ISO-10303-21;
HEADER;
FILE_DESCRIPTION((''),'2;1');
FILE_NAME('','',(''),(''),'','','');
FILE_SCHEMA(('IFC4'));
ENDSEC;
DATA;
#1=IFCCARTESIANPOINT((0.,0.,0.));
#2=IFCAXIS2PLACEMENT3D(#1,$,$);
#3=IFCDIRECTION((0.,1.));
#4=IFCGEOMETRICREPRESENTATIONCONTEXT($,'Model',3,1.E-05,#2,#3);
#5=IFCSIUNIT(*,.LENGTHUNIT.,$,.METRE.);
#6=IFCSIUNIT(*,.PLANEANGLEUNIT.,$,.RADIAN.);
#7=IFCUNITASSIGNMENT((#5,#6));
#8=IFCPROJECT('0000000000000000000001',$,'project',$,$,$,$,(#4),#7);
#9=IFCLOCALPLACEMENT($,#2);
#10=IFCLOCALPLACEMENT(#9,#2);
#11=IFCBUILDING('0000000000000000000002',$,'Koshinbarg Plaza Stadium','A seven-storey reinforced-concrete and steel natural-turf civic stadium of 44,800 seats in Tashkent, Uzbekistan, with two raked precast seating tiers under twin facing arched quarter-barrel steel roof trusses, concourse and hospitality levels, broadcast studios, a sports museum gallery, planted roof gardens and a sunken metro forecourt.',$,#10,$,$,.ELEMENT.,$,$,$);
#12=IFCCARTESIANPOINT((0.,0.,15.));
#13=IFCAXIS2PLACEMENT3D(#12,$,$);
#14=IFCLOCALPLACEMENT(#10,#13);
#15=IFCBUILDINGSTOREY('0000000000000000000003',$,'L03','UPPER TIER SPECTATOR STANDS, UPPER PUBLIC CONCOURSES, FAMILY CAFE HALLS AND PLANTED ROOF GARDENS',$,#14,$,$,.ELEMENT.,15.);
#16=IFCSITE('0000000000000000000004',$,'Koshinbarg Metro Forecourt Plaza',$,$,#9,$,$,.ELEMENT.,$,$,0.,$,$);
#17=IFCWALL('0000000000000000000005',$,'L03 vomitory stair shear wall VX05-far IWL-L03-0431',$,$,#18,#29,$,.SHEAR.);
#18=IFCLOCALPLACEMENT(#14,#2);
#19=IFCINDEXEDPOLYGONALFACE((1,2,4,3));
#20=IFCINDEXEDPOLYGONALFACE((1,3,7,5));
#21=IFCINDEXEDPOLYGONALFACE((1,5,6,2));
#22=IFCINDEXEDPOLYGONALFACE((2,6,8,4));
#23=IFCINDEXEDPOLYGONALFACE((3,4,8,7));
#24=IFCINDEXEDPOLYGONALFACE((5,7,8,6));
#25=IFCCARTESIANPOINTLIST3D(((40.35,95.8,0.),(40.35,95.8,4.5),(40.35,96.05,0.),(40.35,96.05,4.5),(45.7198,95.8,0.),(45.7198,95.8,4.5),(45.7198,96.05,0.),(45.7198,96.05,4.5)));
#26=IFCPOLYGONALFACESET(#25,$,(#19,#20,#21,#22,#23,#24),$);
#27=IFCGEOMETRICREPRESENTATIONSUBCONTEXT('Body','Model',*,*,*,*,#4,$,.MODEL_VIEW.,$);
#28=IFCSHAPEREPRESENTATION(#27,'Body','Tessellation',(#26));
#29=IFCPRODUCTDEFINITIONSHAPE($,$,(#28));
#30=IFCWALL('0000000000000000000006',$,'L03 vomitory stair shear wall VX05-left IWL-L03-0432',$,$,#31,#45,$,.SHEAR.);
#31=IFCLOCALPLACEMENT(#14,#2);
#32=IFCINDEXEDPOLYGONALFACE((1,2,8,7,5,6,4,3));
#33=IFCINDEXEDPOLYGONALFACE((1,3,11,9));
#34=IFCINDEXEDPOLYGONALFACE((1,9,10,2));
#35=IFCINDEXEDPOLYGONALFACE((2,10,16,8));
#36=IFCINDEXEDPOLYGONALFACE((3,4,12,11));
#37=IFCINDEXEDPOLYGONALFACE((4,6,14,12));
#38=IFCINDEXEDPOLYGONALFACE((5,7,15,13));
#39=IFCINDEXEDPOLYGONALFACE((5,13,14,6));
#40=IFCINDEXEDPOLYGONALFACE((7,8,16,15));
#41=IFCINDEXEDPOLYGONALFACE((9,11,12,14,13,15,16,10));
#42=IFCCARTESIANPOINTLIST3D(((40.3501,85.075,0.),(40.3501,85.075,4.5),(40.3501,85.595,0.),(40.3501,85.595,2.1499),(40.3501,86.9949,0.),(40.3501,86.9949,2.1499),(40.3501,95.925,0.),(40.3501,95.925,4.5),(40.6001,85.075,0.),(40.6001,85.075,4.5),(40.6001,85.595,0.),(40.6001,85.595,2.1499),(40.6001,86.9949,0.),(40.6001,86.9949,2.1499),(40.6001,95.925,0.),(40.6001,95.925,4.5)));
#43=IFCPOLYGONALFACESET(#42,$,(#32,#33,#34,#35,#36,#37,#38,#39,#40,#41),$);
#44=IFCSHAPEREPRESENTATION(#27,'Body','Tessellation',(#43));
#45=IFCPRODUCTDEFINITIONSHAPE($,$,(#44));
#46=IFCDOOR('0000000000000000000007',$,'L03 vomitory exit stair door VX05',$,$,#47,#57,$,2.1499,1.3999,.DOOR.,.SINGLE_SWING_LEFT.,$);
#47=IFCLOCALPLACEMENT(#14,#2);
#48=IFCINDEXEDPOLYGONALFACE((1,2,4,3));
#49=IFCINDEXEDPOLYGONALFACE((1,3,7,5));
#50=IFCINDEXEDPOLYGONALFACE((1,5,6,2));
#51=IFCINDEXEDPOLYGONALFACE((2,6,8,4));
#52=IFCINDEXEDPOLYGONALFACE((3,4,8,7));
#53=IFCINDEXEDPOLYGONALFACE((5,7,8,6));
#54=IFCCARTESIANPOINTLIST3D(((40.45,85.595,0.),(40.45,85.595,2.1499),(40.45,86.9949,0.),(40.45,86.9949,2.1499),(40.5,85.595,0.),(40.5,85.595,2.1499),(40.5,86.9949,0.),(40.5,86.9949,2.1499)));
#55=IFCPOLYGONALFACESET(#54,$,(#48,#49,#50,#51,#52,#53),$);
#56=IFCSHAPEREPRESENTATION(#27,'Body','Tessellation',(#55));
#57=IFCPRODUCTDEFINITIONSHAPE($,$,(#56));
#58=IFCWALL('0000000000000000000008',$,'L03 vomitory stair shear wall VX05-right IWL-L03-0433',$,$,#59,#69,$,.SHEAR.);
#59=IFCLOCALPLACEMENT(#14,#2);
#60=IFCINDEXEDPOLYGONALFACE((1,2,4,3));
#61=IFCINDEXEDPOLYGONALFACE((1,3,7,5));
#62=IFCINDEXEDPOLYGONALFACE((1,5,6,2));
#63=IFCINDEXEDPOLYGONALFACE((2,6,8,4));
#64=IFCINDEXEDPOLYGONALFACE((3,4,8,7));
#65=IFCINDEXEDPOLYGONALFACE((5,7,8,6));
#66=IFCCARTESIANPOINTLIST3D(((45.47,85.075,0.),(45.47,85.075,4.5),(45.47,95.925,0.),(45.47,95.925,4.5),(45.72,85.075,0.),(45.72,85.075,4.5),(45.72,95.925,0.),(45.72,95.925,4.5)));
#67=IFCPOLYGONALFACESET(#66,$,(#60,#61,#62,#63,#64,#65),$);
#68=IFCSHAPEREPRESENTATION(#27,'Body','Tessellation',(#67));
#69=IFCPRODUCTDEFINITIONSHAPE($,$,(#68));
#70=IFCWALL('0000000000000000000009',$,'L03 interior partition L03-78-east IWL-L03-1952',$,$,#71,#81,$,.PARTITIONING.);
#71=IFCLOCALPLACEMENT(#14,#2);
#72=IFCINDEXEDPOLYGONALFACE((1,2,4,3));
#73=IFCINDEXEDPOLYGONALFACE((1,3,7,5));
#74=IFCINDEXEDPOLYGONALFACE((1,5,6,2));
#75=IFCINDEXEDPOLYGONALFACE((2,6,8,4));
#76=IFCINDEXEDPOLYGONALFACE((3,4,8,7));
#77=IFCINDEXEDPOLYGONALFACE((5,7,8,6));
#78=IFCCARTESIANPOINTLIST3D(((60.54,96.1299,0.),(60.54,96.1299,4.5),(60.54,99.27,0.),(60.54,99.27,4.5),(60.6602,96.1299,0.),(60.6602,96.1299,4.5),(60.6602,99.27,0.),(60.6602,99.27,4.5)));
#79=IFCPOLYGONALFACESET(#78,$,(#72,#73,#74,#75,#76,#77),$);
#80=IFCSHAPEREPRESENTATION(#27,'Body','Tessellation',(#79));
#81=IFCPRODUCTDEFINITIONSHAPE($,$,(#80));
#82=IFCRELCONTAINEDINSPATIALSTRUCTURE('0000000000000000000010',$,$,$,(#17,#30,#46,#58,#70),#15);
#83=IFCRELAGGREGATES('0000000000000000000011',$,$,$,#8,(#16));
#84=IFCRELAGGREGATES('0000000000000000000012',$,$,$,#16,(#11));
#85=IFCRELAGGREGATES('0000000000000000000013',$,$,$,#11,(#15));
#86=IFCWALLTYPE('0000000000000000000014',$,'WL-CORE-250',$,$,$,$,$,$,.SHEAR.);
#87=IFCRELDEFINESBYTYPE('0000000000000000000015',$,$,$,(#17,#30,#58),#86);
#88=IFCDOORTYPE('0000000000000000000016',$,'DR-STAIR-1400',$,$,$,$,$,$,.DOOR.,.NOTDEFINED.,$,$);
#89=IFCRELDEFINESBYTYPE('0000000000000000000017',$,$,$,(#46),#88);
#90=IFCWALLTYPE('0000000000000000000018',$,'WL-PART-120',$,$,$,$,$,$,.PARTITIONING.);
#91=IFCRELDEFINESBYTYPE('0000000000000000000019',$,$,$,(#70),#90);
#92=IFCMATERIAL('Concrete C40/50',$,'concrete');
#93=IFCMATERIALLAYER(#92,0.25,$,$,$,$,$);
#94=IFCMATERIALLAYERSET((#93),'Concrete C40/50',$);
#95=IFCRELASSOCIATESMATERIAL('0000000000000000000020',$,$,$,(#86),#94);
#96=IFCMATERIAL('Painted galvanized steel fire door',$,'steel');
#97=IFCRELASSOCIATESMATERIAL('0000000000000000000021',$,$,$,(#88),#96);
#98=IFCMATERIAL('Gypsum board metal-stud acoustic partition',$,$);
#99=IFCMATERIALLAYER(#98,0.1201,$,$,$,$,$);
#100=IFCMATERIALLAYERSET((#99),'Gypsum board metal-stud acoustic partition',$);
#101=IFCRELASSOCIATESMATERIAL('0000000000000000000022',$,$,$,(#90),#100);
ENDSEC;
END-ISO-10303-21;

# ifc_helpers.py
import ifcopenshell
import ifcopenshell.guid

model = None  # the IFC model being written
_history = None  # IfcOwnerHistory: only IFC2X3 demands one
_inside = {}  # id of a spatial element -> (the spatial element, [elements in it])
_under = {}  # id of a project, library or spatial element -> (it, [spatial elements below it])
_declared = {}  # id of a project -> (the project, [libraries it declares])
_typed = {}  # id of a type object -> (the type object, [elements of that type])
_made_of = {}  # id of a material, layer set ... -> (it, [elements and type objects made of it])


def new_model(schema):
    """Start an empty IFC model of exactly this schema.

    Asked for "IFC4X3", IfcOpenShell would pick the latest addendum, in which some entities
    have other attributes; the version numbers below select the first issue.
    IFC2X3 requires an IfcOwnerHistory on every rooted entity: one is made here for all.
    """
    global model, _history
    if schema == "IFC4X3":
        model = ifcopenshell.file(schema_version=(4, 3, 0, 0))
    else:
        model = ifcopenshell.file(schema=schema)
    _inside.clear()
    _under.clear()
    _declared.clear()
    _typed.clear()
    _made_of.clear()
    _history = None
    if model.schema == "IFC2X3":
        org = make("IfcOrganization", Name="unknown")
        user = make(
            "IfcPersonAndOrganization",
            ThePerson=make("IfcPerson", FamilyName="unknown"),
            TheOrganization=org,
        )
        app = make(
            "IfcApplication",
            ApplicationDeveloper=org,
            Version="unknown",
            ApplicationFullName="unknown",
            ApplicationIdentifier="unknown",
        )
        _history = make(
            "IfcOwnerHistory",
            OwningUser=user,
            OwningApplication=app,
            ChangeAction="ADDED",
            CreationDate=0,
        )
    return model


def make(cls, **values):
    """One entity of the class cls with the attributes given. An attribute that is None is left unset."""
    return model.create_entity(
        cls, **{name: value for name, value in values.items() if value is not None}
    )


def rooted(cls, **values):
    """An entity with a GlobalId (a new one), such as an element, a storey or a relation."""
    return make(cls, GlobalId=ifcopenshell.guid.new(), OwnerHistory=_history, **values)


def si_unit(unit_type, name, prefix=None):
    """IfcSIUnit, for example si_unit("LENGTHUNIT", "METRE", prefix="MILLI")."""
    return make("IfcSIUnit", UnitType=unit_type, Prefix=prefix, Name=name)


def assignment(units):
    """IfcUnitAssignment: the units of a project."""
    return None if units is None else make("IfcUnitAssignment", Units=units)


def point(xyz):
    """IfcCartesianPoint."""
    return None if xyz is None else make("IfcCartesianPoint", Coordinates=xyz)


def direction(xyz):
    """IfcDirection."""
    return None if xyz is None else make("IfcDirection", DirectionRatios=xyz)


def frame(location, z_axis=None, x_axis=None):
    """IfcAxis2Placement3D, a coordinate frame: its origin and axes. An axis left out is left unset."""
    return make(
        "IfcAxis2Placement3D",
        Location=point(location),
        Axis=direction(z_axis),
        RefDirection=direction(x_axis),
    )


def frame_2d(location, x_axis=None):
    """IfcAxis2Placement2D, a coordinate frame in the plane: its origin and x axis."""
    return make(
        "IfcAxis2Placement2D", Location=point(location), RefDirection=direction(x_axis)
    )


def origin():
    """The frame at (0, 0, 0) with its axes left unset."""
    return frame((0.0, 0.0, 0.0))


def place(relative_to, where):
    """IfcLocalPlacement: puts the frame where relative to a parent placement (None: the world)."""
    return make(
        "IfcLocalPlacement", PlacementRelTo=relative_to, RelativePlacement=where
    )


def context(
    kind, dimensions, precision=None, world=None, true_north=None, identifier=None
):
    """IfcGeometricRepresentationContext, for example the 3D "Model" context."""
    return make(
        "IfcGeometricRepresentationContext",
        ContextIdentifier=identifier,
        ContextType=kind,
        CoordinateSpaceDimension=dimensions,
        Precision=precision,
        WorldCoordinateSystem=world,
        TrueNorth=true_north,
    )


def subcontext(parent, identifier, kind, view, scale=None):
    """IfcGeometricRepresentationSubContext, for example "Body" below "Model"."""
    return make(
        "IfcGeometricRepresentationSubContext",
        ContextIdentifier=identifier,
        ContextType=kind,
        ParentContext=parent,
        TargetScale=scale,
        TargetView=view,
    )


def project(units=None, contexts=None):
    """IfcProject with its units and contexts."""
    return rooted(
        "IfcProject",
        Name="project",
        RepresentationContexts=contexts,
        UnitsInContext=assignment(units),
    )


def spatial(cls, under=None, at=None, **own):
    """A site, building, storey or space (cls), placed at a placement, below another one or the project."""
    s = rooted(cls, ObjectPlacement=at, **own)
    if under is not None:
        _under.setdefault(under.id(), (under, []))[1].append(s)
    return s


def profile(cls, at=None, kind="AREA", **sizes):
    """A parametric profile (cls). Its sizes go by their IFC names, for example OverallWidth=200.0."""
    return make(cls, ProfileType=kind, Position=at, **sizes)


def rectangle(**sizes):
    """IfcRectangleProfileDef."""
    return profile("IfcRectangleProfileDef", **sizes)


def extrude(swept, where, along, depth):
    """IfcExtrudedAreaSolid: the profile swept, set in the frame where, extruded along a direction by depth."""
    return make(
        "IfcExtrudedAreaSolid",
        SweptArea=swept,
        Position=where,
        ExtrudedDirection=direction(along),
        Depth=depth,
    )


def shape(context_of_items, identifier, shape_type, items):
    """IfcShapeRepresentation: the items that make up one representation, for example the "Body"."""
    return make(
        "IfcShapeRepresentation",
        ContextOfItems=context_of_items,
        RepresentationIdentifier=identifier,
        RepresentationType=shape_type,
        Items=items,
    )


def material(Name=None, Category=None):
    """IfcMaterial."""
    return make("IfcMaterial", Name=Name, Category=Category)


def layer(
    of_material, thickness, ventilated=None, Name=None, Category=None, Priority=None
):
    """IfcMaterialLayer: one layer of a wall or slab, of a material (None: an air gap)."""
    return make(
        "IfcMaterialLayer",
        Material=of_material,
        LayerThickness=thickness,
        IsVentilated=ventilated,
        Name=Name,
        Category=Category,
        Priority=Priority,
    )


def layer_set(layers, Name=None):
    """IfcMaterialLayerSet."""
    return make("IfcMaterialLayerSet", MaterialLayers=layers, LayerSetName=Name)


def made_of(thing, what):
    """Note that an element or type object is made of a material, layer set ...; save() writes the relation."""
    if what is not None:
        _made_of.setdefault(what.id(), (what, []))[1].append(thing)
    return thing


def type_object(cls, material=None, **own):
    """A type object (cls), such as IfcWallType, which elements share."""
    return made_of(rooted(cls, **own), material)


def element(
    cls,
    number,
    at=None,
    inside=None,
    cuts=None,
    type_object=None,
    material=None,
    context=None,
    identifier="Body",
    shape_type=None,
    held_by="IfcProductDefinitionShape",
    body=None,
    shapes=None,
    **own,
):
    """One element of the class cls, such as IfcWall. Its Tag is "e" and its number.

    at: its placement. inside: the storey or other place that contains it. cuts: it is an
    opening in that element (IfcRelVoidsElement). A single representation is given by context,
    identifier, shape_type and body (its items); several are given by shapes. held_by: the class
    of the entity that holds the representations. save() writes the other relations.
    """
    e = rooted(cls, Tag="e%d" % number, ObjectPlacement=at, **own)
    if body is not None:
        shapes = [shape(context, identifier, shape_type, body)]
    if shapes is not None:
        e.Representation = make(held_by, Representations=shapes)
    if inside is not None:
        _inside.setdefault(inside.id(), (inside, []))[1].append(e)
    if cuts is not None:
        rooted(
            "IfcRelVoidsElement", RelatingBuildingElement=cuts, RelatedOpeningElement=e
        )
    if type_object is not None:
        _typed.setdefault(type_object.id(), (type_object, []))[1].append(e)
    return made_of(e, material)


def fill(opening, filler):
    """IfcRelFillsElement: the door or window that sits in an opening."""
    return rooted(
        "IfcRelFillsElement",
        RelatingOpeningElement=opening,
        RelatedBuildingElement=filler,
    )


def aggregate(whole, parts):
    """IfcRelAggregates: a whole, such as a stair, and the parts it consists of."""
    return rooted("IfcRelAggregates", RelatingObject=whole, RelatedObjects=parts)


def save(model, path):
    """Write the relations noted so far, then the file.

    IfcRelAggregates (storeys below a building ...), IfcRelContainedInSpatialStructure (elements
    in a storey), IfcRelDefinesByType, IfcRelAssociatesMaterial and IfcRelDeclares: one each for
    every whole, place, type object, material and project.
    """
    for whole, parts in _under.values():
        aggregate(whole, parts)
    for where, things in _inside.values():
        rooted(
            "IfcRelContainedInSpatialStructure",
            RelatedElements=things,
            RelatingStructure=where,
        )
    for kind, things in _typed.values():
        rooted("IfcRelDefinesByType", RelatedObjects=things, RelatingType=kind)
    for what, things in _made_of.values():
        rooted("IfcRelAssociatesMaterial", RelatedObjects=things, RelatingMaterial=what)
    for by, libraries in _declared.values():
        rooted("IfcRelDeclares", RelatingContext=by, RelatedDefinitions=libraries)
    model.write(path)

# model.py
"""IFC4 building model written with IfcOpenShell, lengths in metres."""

from ifc_helpers import new_model, si_unit, direction, frame, frame_2d, origin, place, context, subcontext, project, spatial, rectangle, extrude, material, layer, layer_set, type_object, element, fill, save


model = new_model("IFC4")

# Units and contexts
model_context = context("Model", 3, precision=1e-05, world=origin(), true_north=direction((0.0, 1.0)))
body_context = subcontext(model_context, "Body", "Model", "MODEL_VIEW")
ifc_project = project(units=[si_unit("LENGTHUNIT", "METRE"), si_unit("PLANEANGLEUNIT", "RADIAN")], contexts=[model_context])

# Site, building, storey
site_placement = place(None, origin())
site = spatial("IfcSite", under=ifc_project, at=site_placement, Name="Koshinbarg Metro Forecourt Plaza", CompositionType="ELEMENT", RefElevation=0.0)
building_placement = place(site_placement, origin())
building = spatial("IfcBuilding", under=site, at=building_placement, Name="Koshinbarg Plaza Stadium", Description="A seven-storey reinforced-concrete and steel natural-turf civic stadium of 44,800 seats in Tashkent, Uzbekistan, with two raked precast seating tiers under twin facing arched quarter-barrel steel roof trusses, concourse and hospitality levels, broadcast studios, a sports museum gallery, planted roof gardens and a sunken metro forecourt.", CompositionType="ELEMENT")
storey_placement = place(building_placement, frame((0.0, 0.0, 15.0)))
storey = spatial("IfcBuildingStorey", under=building, at=storey_placement, Name="L03", Description="UPPER TIER SPECTATOR STANDS, UPPER PUBLIC CONCOURSES, FAMILY CAFE HALLS AND PLANTED ROOF GARDENS", CompositionType="ELEMENT", Elevation=15.0)

# Shared definitions
ifc_material_1 = material(Name="Concrete C40/50", Category="concrete")

# Wall
ifc_layer_1 = layer(ifc_material_1, 0.25)
ifc_layer_set_1 = layer_set([ifc_layer_1], Name="Concrete C40/50")
wall_type_1 = type_object("IfcWallType", Name="WL-CORE-250", PredefinedType="SHEAR", material=ifc_layer_set_1)
for number, where, z_axis, x_axis, name in (
    (1, (45.72, 95.925, 0.0), (0.0, 0.0, 1.0), (-1.0, 0.0, 0.0), "L03 vomitory stair shear wall VX05-far IWL-L03-0431"),
):
    element("IfcWall", number, at=place(storey_placement, frame(where, z_axis=z_axis, x_axis=x_axis)), inside=storey, type_object=wall_type_1, Name=name, PredefinedType="SHEAR", context=body_context, shape_type="SweptSolid", body=[
        extrude(rectangle(XDim=5.3699, YDim=0.25, at=frame_2d((2.6851, 0.0))), origin(), (0.0, 0.0, 1.0), 4.5),
    ])

# Wall, opening, door
wall_1_placement = place(storey_placement, frame((40.4751, 85.075, 0.0), z_axis=(0.0, 0.0, 1.0), x_axis=(0.0, 1.0, 0.0)))
wall_1 = element("IfcWall", 2, at=wall_1_placement, inside=storey, type_object=wall_type_1, Name="L03 vomitory stair shear wall VX05-left IWL-L03-0432", PredefinedType="SHEAR", context=body_context, shape_type="SweptSolid", body=[
    extrude(rectangle(XDim=10.8501, YDim=0.25, at=frame_2d((5.425, 0.0))), origin(), (0.0, 0.0, 1.0), 4.5),
])
opening_placement = place(wall_1_placement, frame((0.52, 0.0, 0.0)))
opening = element("IfcOpeningElement", 3, at=opening_placement, cuts=wall_1, PredefinedType="OPENING", context=body_context, shape_type="SweptSolid", body=[
    extrude(rectangle(XDim=1.3999, YDim=2.1499, at=frame_2d((0.7, 1.075))), frame((0.0, 0.135, 0.0), z_axis=(0.0, -1.0, 0.0), x_axis=(1.0, 0.0, 0.0)), (0.0, 0.0, 1.0), 0.27),
])
ifc_material_2 = material(Name="Painted galvanized steel fire door", Category="steel")
door_type = type_object("IfcDoorType", Name="DR-STAIR-1400", OperationType="NOTDEFINED", PredefinedType="DOOR", material=ifc_material_2)
door_placement = place(opening_placement, frame((1.3999, 0.0, 0.0), z_axis=(0.0, 0.0, 1.0), x_axis=(-1.0, 0.0, 0.0)))
door = element("IfcDoor", 4, at=door_placement, inside=storey, type_object=door_type, Name="L03 vomitory exit stair door VX05", OperationType="SINGLE_SWING_LEFT", OverallHeight=2.1499, OverallWidth=1.3999, PredefinedType="DOOR", context=body_context, shape_type="SweptSolid", body=[
    extrude(rectangle(XDim=1.3999, YDim=2.1499, at=frame_2d((0.7, 1.075))), frame((0.0, 0.0249, 0.0), z_axis=(0.0, -1.0, 0.0), x_axis=(1.0, 0.0, 0.0)), (0.0, 0.0, 1.0), 0.05),
])
fill(opening, door)

# Walls
wall_2_placement = place(storey_placement, frame((45.595, 85.075, 0.0), z_axis=(0.0, 0.0, 1.0), x_axis=(0.0, 1.0, 0.0)))
element("IfcWall", 5, at=wall_2_placement, inside=storey, type_object=wall_type_1, Name="L03 vomitory stair shear wall VX05-right IWL-L03-0433", PredefinedType="SHEAR", context=body_context, shape_type="SweptSolid", body=[
    extrude(rectangle(XDim=10.8501, YDim=0.25, at=frame_2d((5.425, 0.0))), origin(), (0.0, 0.0, 1.0), 4.5),
])
ifc_material_3 = material(Name="Gypsum board metal-stud acoustic partition")
ifc_layer_2 = layer(ifc_material_3, 0.1201)
ifc_layer_set_2 = layer_set([ifc_layer_2], Name="Gypsum board metal-stud acoustic partition")
wall_type_2 = type_object("IfcWallType", Name="WL-PART-120", PredefinedType="PARTITIONING", material=ifc_layer_set_2)
wall_3_placement = place(storey_placement, frame((60.6001, 96.1299, 0.0), z_axis=(0.0, 0.0, 1.0), x_axis=(0.0, 1.0, 0.0)))
element("IfcWall", 6, at=wall_3_placement, inside=storey, type_object=wall_type_2, Name="L03 interior partition L03-78-east IWL-L03-1952", PredefinedType="PARTITIONING", context=body_context, shape_type="SweptSolid", body=[
    extrude(rectangle(XDim=3.1401, YDim=0.1201, at=frame_2d((1.5701, 0.0))), origin(), (0.0, 0.0, 1.0), 4.5),
])

save(model, "model.ifc")
